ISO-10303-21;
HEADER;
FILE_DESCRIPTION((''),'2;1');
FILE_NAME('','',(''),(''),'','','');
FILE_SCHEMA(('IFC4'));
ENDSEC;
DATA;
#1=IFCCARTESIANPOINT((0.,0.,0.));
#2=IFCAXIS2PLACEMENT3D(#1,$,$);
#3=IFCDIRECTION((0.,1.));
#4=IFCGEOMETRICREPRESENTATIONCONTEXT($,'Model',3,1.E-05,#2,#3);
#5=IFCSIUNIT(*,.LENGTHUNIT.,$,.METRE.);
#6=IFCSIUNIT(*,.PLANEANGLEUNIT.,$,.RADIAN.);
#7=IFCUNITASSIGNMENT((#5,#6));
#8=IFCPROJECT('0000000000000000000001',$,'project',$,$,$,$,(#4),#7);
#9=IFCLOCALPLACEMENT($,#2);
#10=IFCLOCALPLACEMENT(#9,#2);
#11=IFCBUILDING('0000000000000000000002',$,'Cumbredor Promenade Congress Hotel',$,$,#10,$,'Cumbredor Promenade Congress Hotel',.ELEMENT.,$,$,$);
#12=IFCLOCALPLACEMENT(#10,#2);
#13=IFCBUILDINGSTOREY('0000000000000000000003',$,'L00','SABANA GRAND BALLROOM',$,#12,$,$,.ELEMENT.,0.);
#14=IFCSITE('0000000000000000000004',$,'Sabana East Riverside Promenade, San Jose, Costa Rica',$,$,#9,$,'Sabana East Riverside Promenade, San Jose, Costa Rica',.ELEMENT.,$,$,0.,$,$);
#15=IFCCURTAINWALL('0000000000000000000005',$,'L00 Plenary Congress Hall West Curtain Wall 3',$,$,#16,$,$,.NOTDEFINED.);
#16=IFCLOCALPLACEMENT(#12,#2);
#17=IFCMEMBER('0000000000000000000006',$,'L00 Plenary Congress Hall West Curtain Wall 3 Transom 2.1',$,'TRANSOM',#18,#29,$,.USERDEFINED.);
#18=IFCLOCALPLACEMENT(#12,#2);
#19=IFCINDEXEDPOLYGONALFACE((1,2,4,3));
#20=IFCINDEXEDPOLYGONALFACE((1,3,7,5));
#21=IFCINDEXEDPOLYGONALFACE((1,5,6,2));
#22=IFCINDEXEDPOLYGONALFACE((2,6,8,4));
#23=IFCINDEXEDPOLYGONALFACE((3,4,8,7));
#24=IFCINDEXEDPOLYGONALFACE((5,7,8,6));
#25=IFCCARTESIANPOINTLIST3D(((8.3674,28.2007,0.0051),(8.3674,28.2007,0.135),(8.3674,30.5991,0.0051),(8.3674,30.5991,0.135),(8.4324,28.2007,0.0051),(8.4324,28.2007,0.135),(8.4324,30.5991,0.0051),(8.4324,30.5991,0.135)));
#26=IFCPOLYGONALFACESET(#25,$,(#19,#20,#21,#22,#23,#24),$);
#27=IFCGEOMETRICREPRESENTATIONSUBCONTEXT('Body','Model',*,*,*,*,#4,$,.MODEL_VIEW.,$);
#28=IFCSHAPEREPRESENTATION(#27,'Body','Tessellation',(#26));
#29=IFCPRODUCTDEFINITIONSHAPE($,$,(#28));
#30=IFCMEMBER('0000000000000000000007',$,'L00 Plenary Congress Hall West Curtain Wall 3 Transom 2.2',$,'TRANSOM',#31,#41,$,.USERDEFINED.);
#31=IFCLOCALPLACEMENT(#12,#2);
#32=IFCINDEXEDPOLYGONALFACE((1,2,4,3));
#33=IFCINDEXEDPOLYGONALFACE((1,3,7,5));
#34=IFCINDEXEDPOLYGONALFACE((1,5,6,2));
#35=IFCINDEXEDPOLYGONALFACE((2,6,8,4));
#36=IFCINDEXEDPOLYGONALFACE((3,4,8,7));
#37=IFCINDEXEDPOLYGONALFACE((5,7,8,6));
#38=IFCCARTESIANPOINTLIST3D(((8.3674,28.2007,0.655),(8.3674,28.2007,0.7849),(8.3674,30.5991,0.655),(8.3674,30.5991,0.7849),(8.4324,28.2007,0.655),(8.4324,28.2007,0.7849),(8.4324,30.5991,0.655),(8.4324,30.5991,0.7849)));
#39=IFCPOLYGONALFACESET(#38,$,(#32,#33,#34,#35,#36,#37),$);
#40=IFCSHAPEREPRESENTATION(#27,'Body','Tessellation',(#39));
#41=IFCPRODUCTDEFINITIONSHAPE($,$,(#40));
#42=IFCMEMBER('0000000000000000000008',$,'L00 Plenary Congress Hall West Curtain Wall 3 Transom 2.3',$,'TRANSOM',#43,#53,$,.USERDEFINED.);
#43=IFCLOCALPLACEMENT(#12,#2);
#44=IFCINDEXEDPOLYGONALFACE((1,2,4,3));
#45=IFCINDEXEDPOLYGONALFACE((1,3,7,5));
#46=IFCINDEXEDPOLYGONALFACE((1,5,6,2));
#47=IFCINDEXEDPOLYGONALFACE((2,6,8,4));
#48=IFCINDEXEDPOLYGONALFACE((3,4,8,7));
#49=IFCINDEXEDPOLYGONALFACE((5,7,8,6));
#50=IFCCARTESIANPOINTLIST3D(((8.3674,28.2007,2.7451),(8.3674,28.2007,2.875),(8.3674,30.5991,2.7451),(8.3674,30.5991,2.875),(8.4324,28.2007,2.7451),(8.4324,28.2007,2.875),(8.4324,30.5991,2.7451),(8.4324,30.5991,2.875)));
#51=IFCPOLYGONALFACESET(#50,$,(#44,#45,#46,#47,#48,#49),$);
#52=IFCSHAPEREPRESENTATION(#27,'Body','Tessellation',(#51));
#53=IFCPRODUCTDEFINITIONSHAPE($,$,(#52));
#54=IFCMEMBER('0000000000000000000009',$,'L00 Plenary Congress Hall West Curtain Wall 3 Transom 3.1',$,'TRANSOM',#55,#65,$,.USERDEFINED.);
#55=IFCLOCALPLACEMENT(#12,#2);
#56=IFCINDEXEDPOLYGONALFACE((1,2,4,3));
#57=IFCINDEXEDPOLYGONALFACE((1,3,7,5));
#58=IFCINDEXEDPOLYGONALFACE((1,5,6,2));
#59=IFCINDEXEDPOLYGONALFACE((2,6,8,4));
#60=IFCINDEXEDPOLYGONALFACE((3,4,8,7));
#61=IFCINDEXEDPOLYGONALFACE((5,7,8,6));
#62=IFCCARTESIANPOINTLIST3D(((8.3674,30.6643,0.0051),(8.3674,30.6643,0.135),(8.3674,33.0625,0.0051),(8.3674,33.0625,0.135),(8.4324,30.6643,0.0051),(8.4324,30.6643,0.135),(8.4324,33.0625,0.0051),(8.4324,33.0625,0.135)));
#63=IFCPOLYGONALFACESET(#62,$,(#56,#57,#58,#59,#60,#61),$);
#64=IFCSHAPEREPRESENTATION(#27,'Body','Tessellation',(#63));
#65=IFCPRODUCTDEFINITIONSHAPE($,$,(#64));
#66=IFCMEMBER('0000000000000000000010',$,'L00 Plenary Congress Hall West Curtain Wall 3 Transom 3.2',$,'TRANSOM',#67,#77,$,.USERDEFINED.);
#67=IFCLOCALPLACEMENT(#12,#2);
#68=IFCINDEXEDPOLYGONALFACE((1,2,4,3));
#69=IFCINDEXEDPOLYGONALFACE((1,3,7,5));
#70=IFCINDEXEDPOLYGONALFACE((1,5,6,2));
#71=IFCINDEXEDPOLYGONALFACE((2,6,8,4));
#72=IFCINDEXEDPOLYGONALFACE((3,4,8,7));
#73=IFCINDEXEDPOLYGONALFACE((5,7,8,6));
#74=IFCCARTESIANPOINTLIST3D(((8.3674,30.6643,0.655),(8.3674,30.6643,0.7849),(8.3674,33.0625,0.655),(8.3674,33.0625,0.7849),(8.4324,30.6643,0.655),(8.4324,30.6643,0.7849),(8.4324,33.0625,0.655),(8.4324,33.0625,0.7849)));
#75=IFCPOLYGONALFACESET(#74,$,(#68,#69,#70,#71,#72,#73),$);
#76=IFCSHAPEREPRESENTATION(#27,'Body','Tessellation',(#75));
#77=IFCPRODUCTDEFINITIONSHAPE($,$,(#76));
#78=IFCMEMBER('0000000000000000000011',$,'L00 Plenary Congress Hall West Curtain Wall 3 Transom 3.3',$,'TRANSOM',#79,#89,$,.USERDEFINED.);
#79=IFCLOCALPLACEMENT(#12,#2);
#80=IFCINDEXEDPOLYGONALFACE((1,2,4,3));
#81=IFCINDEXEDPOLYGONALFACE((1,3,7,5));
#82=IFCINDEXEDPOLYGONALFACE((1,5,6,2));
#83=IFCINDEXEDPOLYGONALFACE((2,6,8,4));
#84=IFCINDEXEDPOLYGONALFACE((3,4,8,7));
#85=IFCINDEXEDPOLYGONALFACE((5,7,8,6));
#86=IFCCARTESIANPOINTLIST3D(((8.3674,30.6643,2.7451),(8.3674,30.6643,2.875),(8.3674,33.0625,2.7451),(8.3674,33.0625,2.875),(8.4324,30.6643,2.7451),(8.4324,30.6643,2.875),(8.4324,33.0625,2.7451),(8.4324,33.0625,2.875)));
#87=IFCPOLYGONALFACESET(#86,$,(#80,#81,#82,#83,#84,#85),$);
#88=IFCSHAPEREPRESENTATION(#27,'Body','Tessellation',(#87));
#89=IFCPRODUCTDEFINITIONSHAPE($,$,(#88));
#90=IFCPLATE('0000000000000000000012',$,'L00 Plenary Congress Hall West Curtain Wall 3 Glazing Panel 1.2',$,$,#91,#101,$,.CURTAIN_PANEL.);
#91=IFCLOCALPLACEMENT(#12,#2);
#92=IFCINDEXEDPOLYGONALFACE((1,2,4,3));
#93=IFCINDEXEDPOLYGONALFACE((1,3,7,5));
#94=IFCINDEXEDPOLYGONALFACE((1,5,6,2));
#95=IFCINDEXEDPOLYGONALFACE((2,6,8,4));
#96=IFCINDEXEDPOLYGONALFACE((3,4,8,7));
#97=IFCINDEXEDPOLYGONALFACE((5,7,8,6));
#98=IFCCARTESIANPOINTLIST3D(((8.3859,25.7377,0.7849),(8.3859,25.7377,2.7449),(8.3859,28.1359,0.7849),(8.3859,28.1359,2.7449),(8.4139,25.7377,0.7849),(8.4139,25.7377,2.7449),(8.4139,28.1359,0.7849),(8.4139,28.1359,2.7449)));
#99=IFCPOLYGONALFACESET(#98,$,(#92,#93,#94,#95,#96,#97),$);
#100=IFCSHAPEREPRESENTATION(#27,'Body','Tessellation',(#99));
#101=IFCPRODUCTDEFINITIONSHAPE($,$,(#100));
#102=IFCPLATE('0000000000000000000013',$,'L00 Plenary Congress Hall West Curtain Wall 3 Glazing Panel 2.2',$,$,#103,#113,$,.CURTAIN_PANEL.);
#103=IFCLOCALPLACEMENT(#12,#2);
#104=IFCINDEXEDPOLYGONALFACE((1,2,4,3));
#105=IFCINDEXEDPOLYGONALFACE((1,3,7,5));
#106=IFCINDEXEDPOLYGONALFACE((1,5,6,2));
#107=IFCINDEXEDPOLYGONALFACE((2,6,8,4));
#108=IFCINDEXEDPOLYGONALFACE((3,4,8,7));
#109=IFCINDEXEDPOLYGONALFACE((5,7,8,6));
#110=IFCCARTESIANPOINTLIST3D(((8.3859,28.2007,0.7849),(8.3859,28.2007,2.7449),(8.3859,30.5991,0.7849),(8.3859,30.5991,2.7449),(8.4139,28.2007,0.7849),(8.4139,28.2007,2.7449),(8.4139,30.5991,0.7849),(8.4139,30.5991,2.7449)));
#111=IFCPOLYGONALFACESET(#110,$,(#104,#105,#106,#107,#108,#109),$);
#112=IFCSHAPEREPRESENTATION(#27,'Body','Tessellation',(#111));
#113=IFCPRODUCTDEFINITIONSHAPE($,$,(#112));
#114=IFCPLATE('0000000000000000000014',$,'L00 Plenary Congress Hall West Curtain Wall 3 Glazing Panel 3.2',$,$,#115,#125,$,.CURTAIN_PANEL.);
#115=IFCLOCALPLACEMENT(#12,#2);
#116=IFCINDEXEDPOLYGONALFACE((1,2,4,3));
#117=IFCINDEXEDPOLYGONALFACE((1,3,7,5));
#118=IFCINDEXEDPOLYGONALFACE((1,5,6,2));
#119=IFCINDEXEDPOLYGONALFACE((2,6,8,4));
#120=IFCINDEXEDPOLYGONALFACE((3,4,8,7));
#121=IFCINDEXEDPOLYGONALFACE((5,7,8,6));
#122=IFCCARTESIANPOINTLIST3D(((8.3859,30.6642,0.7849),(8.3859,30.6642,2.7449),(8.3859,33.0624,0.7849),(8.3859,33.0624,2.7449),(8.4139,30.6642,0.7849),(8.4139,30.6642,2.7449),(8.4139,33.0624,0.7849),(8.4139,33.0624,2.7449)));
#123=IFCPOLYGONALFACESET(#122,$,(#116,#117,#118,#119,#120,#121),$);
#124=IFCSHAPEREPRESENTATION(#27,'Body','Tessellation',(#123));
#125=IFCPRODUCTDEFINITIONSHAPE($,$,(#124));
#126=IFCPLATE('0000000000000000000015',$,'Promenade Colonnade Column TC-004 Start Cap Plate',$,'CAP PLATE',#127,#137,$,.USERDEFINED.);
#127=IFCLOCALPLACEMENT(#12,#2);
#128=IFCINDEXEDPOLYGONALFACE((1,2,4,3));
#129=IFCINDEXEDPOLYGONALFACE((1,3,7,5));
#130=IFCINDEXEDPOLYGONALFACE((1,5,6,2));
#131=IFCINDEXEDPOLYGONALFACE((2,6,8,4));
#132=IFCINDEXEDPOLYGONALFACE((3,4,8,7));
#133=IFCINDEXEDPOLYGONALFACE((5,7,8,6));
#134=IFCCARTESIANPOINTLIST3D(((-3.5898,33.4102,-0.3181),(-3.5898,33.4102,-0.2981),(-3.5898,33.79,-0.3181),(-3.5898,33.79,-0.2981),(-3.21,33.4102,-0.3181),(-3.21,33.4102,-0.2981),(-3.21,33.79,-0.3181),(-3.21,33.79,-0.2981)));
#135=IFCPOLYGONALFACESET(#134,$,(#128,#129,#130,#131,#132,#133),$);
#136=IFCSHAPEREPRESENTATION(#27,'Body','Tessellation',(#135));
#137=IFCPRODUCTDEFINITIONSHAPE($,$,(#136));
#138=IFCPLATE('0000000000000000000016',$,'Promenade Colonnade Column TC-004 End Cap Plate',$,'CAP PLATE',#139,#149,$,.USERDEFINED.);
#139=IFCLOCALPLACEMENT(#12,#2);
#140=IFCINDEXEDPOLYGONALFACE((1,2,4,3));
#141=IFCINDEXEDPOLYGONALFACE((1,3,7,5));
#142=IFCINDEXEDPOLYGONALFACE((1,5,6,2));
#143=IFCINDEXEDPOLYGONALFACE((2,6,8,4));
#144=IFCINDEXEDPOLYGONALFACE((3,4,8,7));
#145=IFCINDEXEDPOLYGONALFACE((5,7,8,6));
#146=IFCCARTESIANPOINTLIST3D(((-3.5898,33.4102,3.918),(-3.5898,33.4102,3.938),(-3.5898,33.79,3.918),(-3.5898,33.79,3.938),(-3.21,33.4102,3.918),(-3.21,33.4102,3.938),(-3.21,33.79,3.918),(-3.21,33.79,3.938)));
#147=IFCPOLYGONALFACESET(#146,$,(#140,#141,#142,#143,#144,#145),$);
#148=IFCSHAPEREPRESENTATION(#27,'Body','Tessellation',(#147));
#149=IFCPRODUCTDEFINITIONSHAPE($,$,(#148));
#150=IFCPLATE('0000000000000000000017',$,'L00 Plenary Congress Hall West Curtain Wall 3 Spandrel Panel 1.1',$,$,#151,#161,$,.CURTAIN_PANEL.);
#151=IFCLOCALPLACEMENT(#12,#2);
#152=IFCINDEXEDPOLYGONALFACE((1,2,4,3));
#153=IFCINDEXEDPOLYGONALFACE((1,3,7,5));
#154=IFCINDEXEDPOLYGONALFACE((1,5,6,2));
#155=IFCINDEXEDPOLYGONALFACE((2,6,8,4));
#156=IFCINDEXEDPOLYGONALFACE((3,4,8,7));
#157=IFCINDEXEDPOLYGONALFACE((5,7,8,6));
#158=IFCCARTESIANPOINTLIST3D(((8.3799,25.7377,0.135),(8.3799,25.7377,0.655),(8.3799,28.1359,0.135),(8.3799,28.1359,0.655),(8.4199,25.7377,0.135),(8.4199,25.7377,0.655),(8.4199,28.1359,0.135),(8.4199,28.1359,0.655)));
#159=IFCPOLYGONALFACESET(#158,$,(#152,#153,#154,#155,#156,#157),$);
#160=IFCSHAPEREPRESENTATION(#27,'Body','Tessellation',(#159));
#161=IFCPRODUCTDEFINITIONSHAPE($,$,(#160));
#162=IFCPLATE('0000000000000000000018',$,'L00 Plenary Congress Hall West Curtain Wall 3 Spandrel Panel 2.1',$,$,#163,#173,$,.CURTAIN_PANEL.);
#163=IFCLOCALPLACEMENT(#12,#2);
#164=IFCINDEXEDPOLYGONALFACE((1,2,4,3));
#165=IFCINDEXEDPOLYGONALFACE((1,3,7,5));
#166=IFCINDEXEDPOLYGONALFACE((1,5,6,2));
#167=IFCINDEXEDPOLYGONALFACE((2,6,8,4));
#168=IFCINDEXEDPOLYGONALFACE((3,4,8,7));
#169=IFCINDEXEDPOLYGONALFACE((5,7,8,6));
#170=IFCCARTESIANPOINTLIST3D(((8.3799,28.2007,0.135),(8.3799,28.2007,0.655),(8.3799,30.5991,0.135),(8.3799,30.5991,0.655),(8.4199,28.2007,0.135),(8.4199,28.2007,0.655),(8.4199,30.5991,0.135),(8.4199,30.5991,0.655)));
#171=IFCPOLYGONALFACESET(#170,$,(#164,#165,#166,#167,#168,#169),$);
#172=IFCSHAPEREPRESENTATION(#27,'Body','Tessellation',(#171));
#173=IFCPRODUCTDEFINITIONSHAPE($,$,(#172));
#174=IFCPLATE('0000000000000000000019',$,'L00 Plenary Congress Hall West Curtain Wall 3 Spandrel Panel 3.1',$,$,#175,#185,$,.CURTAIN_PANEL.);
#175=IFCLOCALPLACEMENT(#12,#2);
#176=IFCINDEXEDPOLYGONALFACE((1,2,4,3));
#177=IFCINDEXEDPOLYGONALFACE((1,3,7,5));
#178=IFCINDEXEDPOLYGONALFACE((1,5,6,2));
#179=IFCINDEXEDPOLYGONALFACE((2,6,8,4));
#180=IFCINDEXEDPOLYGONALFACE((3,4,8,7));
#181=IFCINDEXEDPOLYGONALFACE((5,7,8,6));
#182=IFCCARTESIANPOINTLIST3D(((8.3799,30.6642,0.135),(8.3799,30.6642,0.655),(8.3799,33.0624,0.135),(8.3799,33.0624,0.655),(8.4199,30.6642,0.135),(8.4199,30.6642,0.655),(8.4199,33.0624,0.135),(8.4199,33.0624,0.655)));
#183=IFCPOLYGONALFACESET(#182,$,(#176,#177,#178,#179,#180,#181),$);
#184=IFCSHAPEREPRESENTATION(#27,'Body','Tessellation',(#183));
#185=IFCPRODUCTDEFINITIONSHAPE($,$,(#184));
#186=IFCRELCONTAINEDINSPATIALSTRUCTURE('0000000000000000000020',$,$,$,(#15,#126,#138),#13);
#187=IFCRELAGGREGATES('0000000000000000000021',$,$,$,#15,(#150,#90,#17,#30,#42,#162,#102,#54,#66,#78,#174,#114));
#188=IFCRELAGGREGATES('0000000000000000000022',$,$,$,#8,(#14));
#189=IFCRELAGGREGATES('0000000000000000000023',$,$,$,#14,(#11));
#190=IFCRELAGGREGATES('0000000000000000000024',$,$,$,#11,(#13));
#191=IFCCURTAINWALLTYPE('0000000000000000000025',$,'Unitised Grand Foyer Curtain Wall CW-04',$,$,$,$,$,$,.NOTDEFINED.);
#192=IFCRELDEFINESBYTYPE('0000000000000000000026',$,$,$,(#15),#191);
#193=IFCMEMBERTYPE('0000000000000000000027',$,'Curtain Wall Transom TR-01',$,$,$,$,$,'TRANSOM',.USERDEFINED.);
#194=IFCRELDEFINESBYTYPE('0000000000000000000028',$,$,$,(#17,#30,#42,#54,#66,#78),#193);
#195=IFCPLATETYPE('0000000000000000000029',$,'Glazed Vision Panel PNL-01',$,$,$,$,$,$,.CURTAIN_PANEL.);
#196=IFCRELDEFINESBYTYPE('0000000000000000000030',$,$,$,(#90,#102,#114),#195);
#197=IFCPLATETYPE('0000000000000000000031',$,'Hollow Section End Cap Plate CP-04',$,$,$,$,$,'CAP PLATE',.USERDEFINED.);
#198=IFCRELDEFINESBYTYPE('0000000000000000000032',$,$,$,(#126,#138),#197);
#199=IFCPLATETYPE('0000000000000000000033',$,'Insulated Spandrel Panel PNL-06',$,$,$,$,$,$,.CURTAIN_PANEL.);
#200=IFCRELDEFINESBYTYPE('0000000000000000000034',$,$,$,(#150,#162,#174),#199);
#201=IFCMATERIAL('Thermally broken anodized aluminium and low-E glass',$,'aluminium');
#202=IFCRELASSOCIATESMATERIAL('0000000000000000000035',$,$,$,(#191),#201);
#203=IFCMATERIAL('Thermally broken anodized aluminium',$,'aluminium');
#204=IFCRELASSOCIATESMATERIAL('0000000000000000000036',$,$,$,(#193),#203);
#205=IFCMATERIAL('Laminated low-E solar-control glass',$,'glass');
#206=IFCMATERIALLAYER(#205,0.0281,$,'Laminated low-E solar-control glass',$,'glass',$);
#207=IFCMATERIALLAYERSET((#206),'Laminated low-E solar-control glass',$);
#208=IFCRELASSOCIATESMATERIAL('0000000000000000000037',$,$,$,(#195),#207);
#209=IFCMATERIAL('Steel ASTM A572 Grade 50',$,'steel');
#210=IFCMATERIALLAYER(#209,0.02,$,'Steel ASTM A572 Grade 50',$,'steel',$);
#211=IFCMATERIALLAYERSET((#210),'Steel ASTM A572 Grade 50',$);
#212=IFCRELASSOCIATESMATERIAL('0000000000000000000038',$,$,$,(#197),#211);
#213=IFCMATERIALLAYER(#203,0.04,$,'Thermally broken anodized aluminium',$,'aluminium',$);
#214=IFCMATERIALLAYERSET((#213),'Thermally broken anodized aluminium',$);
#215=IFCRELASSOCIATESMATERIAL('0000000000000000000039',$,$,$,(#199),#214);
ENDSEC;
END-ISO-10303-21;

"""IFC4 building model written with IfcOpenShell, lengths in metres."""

from ifc_helpers import new_model, si_unit, direction, frame, origin, origin_2d, place, context, subcontext, project, spatial, rectangle, extrude, material, layer, layer_set, material_profile, profile_set, type_object, element, aggregate, save


model = new_model("IFC4")

# Units and contexts
model_context = context("Model", 3, precision=1e-05, world=origin(), true_north=direction((0.0, 1.0)))
body_context = subcontext(model_context, "Body", "Model", "MODEL_VIEW")
ifc_project = project(units=[si_unit("LENGTHUNIT", "METRE"), si_unit("PLANEANGLEUNIT", "RADIAN")], contexts=[model_context])

# Site, building, storey
site_placement = place(None, origin())
site = spatial("IfcSite", under=ifc_project, at=site_placement, Name="Sabana East Riverside Promenade, San Jose, Costa Rica", LongName="Sabana East Riverside Promenade, San Jose, Costa Rica", CompositionType="ELEMENT", RefElevation=0.0)
building_placement = place(site_placement, origin())
building = spatial("IfcBuilding", under=site, at=building_placement, Name="Cumbredor Promenade Congress Hotel", LongName="Cumbredor Promenade Congress Hotel", CompositionType="ELEMENT")
storey_placement = place(building_placement, origin())
storey = spatial("IfcBuildingStorey", under=building, at=storey_placement, Name="L00", Description="SABANA GRAND BALLROOM", CompositionType="ELEMENT", Elevation=0.0)

# Curtain wall, members, plates
ifc_material_1 = material(Name="Thermally broken anodized aluminium and low-E glass", Category="aluminium")
curtain_wall_type = type_object("IfcCurtainWallType", Name="Unitised Grand Foyer Curtain Wall CW-04", PredefinedType="NOTDEFINED", material=ifc_material_1)
curtain_wall_placement = place(storey_placement, origin())
curtain_wall = element("IfcCurtainWall", 1, at=curtain_wall_placement, inside=storey, type_object=curtain_wall_type, Name="L00 Plenary Congress Hall West Curtain Wall 3", PredefinedType="NOTDEFINED")
ifc_material_2 = material(Name="Thermally broken anodized aluminium", Category="aluminium")
ifc_material_profile_1 = material_profile(ifc_material_2, rectangle(XDim=0.0649, YDim=0.1299, at=origin_2d()), Name="ALU TRANSOM 65x130")
ifc_profile_set_1 = profile_set([ifc_material_profile_1], Name="Thermally broken anodized aluminium")
member_type_1 = type_object("IfcMemberType", Name="Curtain Wall Transom TR-01", ElementType="TRANSOM", PredefinedType="USERDEFINED", material=ifc_profile_set_1)
member_1_placement = place(storey_placement, frame((8.3999, 28.2007, 0.0701), z_axis=(0.0, 1.0, 0.0), x_axis=(-1.0, 0.0, 0.0)))
member_1 = element("IfcMember", 2, at=member_1_placement, type_object=member_type_1, Name="L00 Plenary Congress Hall West Curtain Wall 3 Transom 2.1", ObjectType="TRANSOM", PredefinedType="USERDEFINED", context=body_context, shape_type="SweptSolid", body=[
    extrude(rectangle(XDim=0.0649, YDim=0.1299, at=origin_2d()), origin(), (0.0, 0.0, 1.0), 2.3984),
])
member_2_placement = place(storey_placement, frame((8.3999, 28.2007, 0.72), z_axis=(0.0, 1.0, 0.0), x_axis=(-1.0, 0.0, 0.0)))
member_2 = element("IfcMember", 3, at=member_2_placement, type_object=member_type_1, Name="L00 Plenary Congress Hall West Curtain Wall 3 Transom 2.2", ObjectType="TRANSOM", PredefinedType="USERDEFINED", context=body_context, shape_type="SweptSolid", body=[
    extrude(rectangle(XDim=0.0649, YDim=0.1299, at=origin_2d()), origin(), (0.0, 0.0, 1.0), 2.3984),
])
member_3_placement = place(storey_placement, frame((8.3999, 28.2007, 2.8101), z_axis=(0.0, 1.0, 0.0), x_axis=(-1.0, 0.0, 0.0)))
member_3 = element("IfcMember", 4, at=member_3_placement, type_object=member_type_1, Name="L00 Plenary Congress Hall West Curtain Wall 3 Transom 2.3", ObjectType="TRANSOM", PredefinedType="USERDEFINED", context=body_context, shape_type="SweptSolid", body=[
    extrude(rectangle(XDim=0.0649, YDim=0.1299, at=origin_2d()), origin(), (0.0, 0.0, 1.0), 2.3984),
])
member_4_placement = place(storey_placement, frame((8.3999, 30.6643, 0.0701), z_axis=(0.0, 1.0, 0.0), x_axis=(-1.0, 0.0, 0.0)))
member_4 = element("IfcMember", 5, at=member_4_placement, type_object=member_type_1, Name="L00 Plenary Congress Hall West Curtain Wall 3 Transom 3.1", ObjectType="TRANSOM", PredefinedType="USERDEFINED", context=body_context, shape_type="SweptSolid", body=[
    extrude(rectangle(XDim=0.0649, YDim=0.1299, at=origin_2d()), origin(), (0.0, 0.0, 1.0), 2.3982),
])
member_5_placement = place(storey_placement, frame((8.3999, 30.6643, 0.72), z_axis=(0.0, 1.0, 0.0), x_axis=(-1.0, 0.0, 0.0)))
member_5 = element("IfcMember", 6, at=member_5_placement, type_object=member_type_1, Name="L00 Plenary Congress Hall West Curtain Wall 3 Transom 3.2", ObjectType="TRANSOM", PredefinedType="USERDEFINED", context=body_context, shape_type="SweptSolid", body=[
    extrude(rectangle(XDim=0.0649, YDim=0.1299, at=origin_2d()), origin(), (0.0, 0.0, 1.0), 2.3982),
])
member_6_placement = place(storey_placement, frame((8.3999, 30.6643, 2.8101), z_axis=(0.0, 1.0, 0.0), x_axis=(-1.0, 0.0, 0.0)))
member_6 = element("IfcMember", 7, at=member_6_placement, type_object=member_type_1, Name="L00 Plenary Congress Hall West Curtain Wall 3 Transom 3.3", ObjectType="TRANSOM", PredefinedType="USERDEFINED", context=body_context, shape_type="SweptSolid", body=[
    extrude(rectangle(XDim=0.0649, YDim=0.1299, at=origin_2d()), origin(), (0.0, 0.0, 1.0), 2.3982),
])
ifc_material_3 = material(Name="Laminated low-E solar-control glass", Category="glass")
ifc_layer_1 = layer(ifc_material_3, 0.0281, Name="Laminated low-E solar-control glass", Category="glass")
ifc_layer_set_1 = layer_set([ifc_layer_1], Name="Laminated low-E solar-control glass")
plate_type_1 = type_object("IfcPlateType", Name="Glazed Vision Panel PNL-01", PredefinedType="CURTAIN_PANEL", material=ifc_layer_set_1)
plate_1_placement = place(storey_placement, frame((8.3999, 26.9368, 0.7849), z_axis=(0.0, 0.0, 1.0), x_axis=(0.0, 1.0, 0.0)))
plate_1 = element("IfcPlate", 8, at=plate_1_placement, type_object=plate_type_1, Name="L00 Plenary Congress Hall West Curtain Wall 3 Glazing Panel 1.2", PredefinedType="CURTAIN_PANEL", context=body_context, shape_type="SweptSolid", body=[
    extrude(rectangle(XDim=2.3982, YDim=0.0281, at=origin_2d()), origin(), (0.0, 0.0, 1.0), 1.96),
])
plate_2_placement = place(storey_placement, frame((8.3999, 29.3999, 0.7849), z_axis=(0.0, 0.0, 1.0), x_axis=(0.0, 1.0, 0.0)))
plate_2 = element("IfcPlate", 9, at=plate_2_placement, type_object=plate_type_1, Name="L00 Plenary Congress Hall West Curtain Wall 3 Glazing Panel 2.2", PredefinedType="CURTAIN_PANEL", context=body_context, shape_type="SweptSolid", body=[
    extrude(rectangle(XDim=2.3984, YDim=0.0281, at=origin_2d()), origin(), (0.0, 0.0, 1.0), 1.96),
])
plate_3_placement = place(storey_placement, frame((8.3999, 31.8633, 0.7849), z_axis=(0.0, 0.0, 1.0), x_axis=(0.0, 1.0, 0.0)))
plate_3 = element("IfcPlate", 10, at=plate_3_placement, type_object=plate_type_1, Name="L00 Plenary Congress Hall West Curtain Wall 3 Glazing Panel 3.2", PredefinedType="CURTAIN_PANEL", context=body_context, shape_type="SweptSolid", body=[
    extrude(rectangle(XDim=2.3982, YDim=0.0281, at=origin_2d()), origin(), (0.0, 0.0, 1.0), 1.96),
])

# Plates
ifc_material_4 = material(Name="Steel ASTM A572 Grade 50", Category="steel")
ifc_layer_2 = layer(ifc_material_4, 0.02, Name="Steel ASTM A572 Grade 50", Category="steel")
ifc_layer_set_2 = layer_set([ifc_layer_2], Name="Steel ASTM A572 Grade 50")
plate_type_2 = type_object("IfcPlateType", Name="Hollow Section End Cap Plate CP-04", ElementType="CAP PLATE", PredefinedType="USERDEFINED", material=ifc_layer_set_2)
for number, where, z_axis, x_axis, name in (
    (11, (-3.3999, 33.6001, -0.3181), (0.0, 0.0, 1.0), (1.0, 0.0, 0.0), "Promenade Colonnade Column TC-004 Start Cap Plate"),
    (12, (-3.3999, 33.6001, 3.918), (0.0, 0.0, 1.0), (1.0, 0.0, 0.0), "Promenade Colonnade Column TC-004 End Cap Plate"),
):
    element("IfcPlate", number, at=place(storey_placement, frame(where, z_axis=z_axis, x_axis=x_axis)), inside=storey, type_object=plate_type_2, Name=name, ObjectType="CAP PLATE", PredefinedType="USERDEFINED", context=body_context, shape_type="SweptSolid", body=[
        extrude(rectangle(XDim=0.3799, YDim=0.3799, at=origin_2d()), origin(), (0.0, 0.0, 1.0), 0.02),
    ])

# Plates
ifc_layer_3 = layer(ifc_material_2, 0.04, Name="Thermally broken anodized aluminium", Category="aluminium")
ifc_layer_set_3 = layer_set([ifc_layer_3], Name="Thermally broken anodized aluminium")
plate_type_3 = type_object("IfcPlateType", Name="Insulated Spandrel Panel PNL-06", PredefinedType="CURTAIN_PANEL", material=ifc_layer_set_3)
plate_4_placement = place(storey_placement, frame((8.3999, 26.9368, 0.135), z_axis=(0.0, 0.0, 1.0), x_axis=(0.0, 1.0, 0.0)))
plate_4 = element("IfcPlate", 13, at=plate_4_placement, type_object=plate_type_3, Name="L00 Plenary Congress Hall West Curtain Wall 3 Spandrel Panel 1.1", PredefinedType="CURTAIN_PANEL", context=body_context, shape_type="SweptSolid", body=[
    extrude(rectangle(XDim=2.3982, YDim=0.04, at=origin_2d()), origin(), (0.0, 0.0, 1.0), 0.52),
])
plate_5_placement = place(storey_placement, frame((8.3999, 29.3999, 0.135), z_axis=(0.0, 0.0, 1.0), x_axis=(0.0, 1.0, 0.0)))
plate_5 = element("IfcPlate", 14, at=plate_5_placement, type_object=plate_type_3, Name="L00 Plenary Congress Hall West Curtain Wall 3 Spandrel Panel 2.1", PredefinedType="CURTAIN_PANEL", context=body_context, shape_type="SweptSolid", body=[
    extrude(rectangle(XDim=2.3984, YDim=0.04, at=origin_2d()), origin(), (0.0, 0.0, 1.0), 0.52),
])
plate_6_placement = place(storey_placement, frame((8.3999, 31.8633, 0.135), z_axis=(0.0, 0.0, 1.0), x_axis=(0.0, 1.0, 0.0)))
plate_6 = element("IfcPlate", 15, at=plate_6_placement, type_object=plate_type_3, Name="L00 Plenary Congress Hall West Curtain Wall 3 Spandrel Panel 3.1", PredefinedType="CURTAIN_PANEL", context=body_context, shape_type="SweptSolid", body=[
    extrude(rectangle(XDim=2.3982, YDim=0.04, at=origin_2d()), origin(), (0.0, 0.0, 1.0), 0.52),
])
aggregate(curtain_wall, [plate_4, plate_1, member_1, member_2, member_3, plate_5, plate_2, member_4, member_5, member_6, plate_6, plate_3])

save(model, "model.ifc")
